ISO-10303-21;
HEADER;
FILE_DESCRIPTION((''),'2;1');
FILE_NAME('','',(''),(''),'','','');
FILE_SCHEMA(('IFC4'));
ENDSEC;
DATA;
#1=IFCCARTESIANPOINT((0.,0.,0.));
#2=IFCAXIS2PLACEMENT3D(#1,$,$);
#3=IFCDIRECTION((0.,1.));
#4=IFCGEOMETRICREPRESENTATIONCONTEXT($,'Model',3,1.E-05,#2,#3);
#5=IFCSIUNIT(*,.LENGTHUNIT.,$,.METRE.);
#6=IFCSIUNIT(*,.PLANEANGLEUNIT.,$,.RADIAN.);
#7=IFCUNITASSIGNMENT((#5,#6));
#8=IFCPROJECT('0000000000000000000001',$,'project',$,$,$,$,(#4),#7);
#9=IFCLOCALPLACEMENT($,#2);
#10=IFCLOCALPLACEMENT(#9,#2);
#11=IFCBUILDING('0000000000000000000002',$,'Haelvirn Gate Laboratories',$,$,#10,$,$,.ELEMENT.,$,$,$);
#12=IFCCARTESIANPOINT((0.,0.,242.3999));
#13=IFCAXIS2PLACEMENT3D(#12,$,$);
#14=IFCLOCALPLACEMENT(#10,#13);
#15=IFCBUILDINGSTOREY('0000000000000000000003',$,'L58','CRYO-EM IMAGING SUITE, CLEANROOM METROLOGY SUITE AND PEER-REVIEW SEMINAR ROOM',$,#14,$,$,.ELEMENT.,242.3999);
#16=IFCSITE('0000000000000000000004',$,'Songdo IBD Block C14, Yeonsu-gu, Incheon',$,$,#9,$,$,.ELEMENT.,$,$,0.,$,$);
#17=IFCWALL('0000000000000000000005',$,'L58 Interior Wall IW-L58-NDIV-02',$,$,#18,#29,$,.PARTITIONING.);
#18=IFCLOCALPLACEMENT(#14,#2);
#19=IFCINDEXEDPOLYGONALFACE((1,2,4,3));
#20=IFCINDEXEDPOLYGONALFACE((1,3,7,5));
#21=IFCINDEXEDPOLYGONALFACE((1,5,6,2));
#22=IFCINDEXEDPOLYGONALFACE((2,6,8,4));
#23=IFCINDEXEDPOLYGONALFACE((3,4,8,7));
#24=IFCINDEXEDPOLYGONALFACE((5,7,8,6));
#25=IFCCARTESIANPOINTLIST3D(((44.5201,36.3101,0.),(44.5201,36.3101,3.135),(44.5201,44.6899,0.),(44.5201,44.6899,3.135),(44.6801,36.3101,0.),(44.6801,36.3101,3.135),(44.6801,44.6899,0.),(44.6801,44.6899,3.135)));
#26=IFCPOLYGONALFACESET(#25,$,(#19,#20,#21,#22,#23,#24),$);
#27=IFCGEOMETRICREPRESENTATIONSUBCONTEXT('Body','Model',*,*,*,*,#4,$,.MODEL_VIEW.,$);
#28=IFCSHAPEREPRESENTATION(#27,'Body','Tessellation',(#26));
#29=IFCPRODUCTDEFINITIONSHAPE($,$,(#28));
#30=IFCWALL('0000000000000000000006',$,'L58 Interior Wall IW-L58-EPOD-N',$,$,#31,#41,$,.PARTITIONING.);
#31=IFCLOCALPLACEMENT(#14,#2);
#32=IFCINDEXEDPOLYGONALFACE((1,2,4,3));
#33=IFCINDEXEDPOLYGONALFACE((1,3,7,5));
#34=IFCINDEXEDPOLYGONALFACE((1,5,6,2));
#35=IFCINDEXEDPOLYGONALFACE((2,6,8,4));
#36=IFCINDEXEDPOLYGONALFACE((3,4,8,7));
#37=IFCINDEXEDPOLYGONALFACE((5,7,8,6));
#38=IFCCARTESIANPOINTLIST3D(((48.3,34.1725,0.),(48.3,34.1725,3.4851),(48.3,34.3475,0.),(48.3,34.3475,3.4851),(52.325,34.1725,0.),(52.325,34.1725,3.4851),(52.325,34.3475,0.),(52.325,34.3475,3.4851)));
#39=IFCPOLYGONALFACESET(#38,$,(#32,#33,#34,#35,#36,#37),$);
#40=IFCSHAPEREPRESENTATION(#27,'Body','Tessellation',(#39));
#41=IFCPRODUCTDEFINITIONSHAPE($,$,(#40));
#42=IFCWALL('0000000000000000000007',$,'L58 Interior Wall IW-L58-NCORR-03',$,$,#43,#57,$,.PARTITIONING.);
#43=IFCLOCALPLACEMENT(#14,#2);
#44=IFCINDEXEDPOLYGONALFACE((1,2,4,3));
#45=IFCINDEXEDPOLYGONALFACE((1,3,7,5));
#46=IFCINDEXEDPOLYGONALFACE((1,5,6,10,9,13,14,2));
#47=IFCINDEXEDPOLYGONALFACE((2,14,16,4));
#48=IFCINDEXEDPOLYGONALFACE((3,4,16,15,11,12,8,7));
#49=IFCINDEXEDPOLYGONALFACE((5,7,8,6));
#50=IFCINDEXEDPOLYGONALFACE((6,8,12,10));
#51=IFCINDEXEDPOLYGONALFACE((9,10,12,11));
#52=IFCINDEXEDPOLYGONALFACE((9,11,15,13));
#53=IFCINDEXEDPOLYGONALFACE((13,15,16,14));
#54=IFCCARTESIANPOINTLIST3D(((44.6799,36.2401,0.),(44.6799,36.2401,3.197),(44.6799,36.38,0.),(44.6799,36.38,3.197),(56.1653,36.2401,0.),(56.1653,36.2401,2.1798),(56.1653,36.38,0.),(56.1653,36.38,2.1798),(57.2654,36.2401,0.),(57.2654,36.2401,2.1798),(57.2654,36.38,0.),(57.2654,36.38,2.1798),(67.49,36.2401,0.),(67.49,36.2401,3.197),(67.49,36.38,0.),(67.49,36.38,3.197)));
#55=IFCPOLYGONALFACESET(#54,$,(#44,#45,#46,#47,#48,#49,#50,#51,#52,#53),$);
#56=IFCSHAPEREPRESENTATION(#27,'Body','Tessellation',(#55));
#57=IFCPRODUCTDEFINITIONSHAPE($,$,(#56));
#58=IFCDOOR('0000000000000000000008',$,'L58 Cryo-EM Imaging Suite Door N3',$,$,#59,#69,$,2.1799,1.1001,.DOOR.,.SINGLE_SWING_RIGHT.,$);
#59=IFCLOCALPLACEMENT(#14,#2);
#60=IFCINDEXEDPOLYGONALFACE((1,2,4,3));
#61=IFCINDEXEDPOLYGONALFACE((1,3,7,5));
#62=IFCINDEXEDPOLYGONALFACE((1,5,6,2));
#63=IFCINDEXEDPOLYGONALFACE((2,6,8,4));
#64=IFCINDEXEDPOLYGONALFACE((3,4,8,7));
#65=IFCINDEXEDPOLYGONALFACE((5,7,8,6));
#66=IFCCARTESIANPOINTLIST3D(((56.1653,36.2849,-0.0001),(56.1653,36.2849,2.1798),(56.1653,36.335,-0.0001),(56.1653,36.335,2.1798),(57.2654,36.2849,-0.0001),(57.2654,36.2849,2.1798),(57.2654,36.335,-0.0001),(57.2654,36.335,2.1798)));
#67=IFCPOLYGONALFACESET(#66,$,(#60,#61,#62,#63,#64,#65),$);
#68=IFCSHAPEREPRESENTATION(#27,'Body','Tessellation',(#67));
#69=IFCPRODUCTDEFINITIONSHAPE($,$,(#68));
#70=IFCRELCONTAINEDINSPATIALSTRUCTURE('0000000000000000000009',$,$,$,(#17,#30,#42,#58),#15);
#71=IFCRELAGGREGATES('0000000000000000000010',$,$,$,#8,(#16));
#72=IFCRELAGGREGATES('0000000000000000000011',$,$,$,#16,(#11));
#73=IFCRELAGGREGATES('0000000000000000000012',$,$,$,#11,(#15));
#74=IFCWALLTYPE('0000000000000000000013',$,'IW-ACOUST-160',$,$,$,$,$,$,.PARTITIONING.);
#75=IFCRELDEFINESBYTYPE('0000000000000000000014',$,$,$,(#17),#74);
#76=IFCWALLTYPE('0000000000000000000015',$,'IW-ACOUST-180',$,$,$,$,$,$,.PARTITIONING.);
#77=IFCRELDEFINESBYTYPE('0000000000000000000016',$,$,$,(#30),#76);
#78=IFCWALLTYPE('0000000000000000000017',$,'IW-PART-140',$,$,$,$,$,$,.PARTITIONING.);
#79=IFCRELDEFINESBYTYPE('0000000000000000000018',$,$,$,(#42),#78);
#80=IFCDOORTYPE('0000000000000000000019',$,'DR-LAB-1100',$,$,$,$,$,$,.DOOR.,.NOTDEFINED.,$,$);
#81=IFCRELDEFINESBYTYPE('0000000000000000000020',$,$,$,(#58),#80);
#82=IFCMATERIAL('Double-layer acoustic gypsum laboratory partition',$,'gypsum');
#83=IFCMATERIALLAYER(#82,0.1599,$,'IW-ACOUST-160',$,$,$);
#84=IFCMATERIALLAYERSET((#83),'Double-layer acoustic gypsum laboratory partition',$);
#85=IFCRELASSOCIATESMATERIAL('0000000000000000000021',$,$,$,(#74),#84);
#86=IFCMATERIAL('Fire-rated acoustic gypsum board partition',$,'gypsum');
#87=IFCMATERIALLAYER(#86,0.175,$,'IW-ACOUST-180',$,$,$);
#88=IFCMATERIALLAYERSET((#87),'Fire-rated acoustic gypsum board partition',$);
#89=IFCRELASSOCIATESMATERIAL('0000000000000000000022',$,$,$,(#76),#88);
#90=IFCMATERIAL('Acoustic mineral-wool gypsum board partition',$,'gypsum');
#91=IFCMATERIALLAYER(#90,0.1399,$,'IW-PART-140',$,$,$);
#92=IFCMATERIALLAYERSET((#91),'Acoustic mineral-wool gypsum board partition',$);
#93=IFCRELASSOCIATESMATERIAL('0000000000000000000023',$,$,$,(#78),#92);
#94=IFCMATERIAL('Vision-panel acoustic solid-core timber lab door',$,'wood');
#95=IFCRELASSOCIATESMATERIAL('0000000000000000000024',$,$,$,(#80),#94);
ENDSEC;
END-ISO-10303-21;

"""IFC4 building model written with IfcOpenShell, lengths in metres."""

from ifc_helpers import new_model, si_unit, direction, frame, frame_2d, origin, place, context, subcontext, project, spatial, rectangle, extrude, source, transform, mapped, material, layer, layer_set, type_object, type_shapes, element, fill, save


model = new_model("IFC4")

# Units and contexts
model_context = context("Model", 3, precision=1e-05, world=origin(), true_north=direction((0.0, 1.0)))
body_context = subcontext(model_context, "Body", "Model", "MODEL_VIEW")
ifc_project = project(units=[si_unit("LENGTHUNIT", "METRE"), si_unit("PLANEANGLEUNIT", "RADIAN")], contexts=[model_context])

# Site, building, storey
site_placement = place(None, origin())
site = spatial("IfcSite", under=ifc_project, at=site_placement, Name="Songdo IBD Block C14, Yeonsu-gu, Incheon", CompositionType="ELEMENT", RefElevation=0.0)
building_placement = place(site_placement, origin())
building = spatial("IfcBuilding", under=site, at=building_placement, Name="Haelvirn Gate Laboratories", CompositionType="ELEMENT")
storey_placement = place(building_placement, frame((0.0, 0.0, 242.3999)))
storey = spatial("IfcBuildingStorey", under=building, at=storey_placement, Name="L58", Description="CRYO-EM IMAGING SUITE, CLEANROOM METROLOGY SUITE AND PEER-REVIEW SEMINAR ROOM", CompositionType="ELEMENT", Elevation=242.3999)

# Walls
ifc_material_1 = material(Name="Double-layer acoustic gypsum laboratory partition", Category="gypsum")
ifc_layer_1 = layer(ifc_material_1, 0.1599, Name="IW-ACOUST-160")
ifc_layer_set_1 = layer_set([ifc_layer_1], Name="Double-layer acoustic gypsum laboratory partition")
wall_type_1 = type_object("IfcWallType", Name="IW-ACOUST-160", PredefinedType="PARTITIONING", material=ifc_layer_set_1)
wall_1_placement = place(storey_placement, frame((44.6001, 36.3101, 0.0), z_axis=(0.0, 0.0, 1.0), x_axis=(0.0, 1.0, 0.0)))
element("IfcWall", 1, at=wall_1_placement, inside=storey, type_object=wall_type_1, Name="L58 Interior Wall IW-L58-NDIV-02", PredefinedType="PARTITIONING", context=body_context, shape_type="SweptSolid", body=[
    extrude(rectangle(XDim=8.3799, YDim=0.1599, at=frame_2d((4.1899, 0.0))), origin(), (0.0, 0.0, 1.0), 3.135),
])
ifc_material_2 = material(Name="Fire-rated acoustic gypsum board partition", Category="gypsum")
ifc_layer_2 = layer(ifc_material_2, 0.175, Name="IW-ACOUST-180")
ifc_layer_set_2 = layer_set([ifc_layer_2], Name="Fire-rated acoustic gypsum board partition")
wall_type_2 = type_object("IfcWallType", Name="IW-ACOUST-180", PredefinedType="PARTITIONING", material=ifc_layer_set_2)
wall_2_placement = place(storey_placement, frame((48.3, 34.26, 0.0), z_axis=(0.0, 0.0, 1.0), x_axis=(1.0, 0.0, 0.0)))
element("IfcWall", 2, at=wall_2_placement, inside=storey, type_object=wall_type_2, Name="L58 Interior Wall IW-L58-EPOD-N", PredefinedType="PARTITIONING", context=body_context, shape_type="SweptSolid", body=[
    extrude(rectangle(XDim=4.0249, YDim=0.175, at=frame_2d((2.0125, 0.0))), origin(), (0.0, 0.0, 1.0), 3.4851),
])

# Wall, opening, door
ifc_material_3 = material(Name="Acoustic mineral-wool gypsum board partition", Category="gypsum")
ifc_layer_3 = layer(ifc_material_3, 0.1399, Name="IW-PART-140")
ifc_layer_set_3 = layer_set([ifc_layer_3], Name="Acoustic mineral-wool gypsum board partition")
wall_type_3 = type_object("IfcWallType", Name="IW-PART-140", PredefinedType="PARTITIONING", material=ifc_layer_set_3)
wall_3_placement = place(storey_placement, frame((44.6799, 36.3101, 0.0), z_axis=(0.0, 0.0, 1.0), x_axis=(1.0, 0.0, 0.0)))
wall_3 = element("IfcWall", 3, at=wall_3_placement, inside=storey, type_object=wall_type_3, Name="L58 Interior Wall IW-L58-NCORR-03", PredefinedType="PARTITIONING", context=body_context, shape_type="SweptSolid", body=[
    extrude(rectangle(XDim=22.8101, YDim=0.1399, at=frame_2d((11.405, 0.0))), origin(), (0.0, 0.0, 1.0), 3.197),
])
opening_placement = place(wall_3_placement, frame((11.4854, 0.0, 0.0)))
opening = element("IfcOpeningElement", 4, at=opening_placement, cuts=wall_3, PredefinedType="OPENING", context=body_context, shape_type="SweptSolid", body=[
    extrude(rectangle(XDim=1.1001, YDim=2.1799, at=frame_2d((0.55, 1.0898))), frame((0.0, 0.0801, 0.0), z_axis=(0.0, -1.0, 0.0), x_axis=(1.0, 0.0, 0.0)), (0.0, 0.0, 1.0), 0.1599),
])
ifc_material_4 = material(Name="Vision-panel acoustic solid-core timber lab door", Category="wood")
door_type = type_object("IfcDoorType", Name="DR-LAB-1100", OperationType="NOTDEFINED", PredefinedType="DOOR", material=ifc_material_4)
shared_shape_1 = source(origin(), body_context, "Body", "SweptSolid", [
    extrude(rectangle(XDim=1.1001, YDim=2.1799, at=frame_2d((0.55, 1.0898))), frame((0.0, 0.0249, 0.0), z_axis=(0.0, -1.0, 0.0), x_axis=(1.0, 0.0, 0.0)), (0.0, 0.0, 1.0), 0.05),
])
type_shapes(door_type, [shared_shape_1])
door_placement = place(opening_placement, origin())
door = element("IfcDoor", 5, at=door_placement, inside=storey, type_object=door_type, Name="L58 Cryo-EM Imaging Suite Door N3", OperationType="SINGLE_SWING_RIGHT", OverallHeight=2.1799, OverallWidth=1.1001, PredefinedType="DOOR", context=body_context, shape_type="MappedRepresentation", body=[
    mapped(shared_shape_1, transform((0.0, 0.0, 0.0), scale=1.0)),
])
fill(opening, door)

save(model, "model.ifc")
